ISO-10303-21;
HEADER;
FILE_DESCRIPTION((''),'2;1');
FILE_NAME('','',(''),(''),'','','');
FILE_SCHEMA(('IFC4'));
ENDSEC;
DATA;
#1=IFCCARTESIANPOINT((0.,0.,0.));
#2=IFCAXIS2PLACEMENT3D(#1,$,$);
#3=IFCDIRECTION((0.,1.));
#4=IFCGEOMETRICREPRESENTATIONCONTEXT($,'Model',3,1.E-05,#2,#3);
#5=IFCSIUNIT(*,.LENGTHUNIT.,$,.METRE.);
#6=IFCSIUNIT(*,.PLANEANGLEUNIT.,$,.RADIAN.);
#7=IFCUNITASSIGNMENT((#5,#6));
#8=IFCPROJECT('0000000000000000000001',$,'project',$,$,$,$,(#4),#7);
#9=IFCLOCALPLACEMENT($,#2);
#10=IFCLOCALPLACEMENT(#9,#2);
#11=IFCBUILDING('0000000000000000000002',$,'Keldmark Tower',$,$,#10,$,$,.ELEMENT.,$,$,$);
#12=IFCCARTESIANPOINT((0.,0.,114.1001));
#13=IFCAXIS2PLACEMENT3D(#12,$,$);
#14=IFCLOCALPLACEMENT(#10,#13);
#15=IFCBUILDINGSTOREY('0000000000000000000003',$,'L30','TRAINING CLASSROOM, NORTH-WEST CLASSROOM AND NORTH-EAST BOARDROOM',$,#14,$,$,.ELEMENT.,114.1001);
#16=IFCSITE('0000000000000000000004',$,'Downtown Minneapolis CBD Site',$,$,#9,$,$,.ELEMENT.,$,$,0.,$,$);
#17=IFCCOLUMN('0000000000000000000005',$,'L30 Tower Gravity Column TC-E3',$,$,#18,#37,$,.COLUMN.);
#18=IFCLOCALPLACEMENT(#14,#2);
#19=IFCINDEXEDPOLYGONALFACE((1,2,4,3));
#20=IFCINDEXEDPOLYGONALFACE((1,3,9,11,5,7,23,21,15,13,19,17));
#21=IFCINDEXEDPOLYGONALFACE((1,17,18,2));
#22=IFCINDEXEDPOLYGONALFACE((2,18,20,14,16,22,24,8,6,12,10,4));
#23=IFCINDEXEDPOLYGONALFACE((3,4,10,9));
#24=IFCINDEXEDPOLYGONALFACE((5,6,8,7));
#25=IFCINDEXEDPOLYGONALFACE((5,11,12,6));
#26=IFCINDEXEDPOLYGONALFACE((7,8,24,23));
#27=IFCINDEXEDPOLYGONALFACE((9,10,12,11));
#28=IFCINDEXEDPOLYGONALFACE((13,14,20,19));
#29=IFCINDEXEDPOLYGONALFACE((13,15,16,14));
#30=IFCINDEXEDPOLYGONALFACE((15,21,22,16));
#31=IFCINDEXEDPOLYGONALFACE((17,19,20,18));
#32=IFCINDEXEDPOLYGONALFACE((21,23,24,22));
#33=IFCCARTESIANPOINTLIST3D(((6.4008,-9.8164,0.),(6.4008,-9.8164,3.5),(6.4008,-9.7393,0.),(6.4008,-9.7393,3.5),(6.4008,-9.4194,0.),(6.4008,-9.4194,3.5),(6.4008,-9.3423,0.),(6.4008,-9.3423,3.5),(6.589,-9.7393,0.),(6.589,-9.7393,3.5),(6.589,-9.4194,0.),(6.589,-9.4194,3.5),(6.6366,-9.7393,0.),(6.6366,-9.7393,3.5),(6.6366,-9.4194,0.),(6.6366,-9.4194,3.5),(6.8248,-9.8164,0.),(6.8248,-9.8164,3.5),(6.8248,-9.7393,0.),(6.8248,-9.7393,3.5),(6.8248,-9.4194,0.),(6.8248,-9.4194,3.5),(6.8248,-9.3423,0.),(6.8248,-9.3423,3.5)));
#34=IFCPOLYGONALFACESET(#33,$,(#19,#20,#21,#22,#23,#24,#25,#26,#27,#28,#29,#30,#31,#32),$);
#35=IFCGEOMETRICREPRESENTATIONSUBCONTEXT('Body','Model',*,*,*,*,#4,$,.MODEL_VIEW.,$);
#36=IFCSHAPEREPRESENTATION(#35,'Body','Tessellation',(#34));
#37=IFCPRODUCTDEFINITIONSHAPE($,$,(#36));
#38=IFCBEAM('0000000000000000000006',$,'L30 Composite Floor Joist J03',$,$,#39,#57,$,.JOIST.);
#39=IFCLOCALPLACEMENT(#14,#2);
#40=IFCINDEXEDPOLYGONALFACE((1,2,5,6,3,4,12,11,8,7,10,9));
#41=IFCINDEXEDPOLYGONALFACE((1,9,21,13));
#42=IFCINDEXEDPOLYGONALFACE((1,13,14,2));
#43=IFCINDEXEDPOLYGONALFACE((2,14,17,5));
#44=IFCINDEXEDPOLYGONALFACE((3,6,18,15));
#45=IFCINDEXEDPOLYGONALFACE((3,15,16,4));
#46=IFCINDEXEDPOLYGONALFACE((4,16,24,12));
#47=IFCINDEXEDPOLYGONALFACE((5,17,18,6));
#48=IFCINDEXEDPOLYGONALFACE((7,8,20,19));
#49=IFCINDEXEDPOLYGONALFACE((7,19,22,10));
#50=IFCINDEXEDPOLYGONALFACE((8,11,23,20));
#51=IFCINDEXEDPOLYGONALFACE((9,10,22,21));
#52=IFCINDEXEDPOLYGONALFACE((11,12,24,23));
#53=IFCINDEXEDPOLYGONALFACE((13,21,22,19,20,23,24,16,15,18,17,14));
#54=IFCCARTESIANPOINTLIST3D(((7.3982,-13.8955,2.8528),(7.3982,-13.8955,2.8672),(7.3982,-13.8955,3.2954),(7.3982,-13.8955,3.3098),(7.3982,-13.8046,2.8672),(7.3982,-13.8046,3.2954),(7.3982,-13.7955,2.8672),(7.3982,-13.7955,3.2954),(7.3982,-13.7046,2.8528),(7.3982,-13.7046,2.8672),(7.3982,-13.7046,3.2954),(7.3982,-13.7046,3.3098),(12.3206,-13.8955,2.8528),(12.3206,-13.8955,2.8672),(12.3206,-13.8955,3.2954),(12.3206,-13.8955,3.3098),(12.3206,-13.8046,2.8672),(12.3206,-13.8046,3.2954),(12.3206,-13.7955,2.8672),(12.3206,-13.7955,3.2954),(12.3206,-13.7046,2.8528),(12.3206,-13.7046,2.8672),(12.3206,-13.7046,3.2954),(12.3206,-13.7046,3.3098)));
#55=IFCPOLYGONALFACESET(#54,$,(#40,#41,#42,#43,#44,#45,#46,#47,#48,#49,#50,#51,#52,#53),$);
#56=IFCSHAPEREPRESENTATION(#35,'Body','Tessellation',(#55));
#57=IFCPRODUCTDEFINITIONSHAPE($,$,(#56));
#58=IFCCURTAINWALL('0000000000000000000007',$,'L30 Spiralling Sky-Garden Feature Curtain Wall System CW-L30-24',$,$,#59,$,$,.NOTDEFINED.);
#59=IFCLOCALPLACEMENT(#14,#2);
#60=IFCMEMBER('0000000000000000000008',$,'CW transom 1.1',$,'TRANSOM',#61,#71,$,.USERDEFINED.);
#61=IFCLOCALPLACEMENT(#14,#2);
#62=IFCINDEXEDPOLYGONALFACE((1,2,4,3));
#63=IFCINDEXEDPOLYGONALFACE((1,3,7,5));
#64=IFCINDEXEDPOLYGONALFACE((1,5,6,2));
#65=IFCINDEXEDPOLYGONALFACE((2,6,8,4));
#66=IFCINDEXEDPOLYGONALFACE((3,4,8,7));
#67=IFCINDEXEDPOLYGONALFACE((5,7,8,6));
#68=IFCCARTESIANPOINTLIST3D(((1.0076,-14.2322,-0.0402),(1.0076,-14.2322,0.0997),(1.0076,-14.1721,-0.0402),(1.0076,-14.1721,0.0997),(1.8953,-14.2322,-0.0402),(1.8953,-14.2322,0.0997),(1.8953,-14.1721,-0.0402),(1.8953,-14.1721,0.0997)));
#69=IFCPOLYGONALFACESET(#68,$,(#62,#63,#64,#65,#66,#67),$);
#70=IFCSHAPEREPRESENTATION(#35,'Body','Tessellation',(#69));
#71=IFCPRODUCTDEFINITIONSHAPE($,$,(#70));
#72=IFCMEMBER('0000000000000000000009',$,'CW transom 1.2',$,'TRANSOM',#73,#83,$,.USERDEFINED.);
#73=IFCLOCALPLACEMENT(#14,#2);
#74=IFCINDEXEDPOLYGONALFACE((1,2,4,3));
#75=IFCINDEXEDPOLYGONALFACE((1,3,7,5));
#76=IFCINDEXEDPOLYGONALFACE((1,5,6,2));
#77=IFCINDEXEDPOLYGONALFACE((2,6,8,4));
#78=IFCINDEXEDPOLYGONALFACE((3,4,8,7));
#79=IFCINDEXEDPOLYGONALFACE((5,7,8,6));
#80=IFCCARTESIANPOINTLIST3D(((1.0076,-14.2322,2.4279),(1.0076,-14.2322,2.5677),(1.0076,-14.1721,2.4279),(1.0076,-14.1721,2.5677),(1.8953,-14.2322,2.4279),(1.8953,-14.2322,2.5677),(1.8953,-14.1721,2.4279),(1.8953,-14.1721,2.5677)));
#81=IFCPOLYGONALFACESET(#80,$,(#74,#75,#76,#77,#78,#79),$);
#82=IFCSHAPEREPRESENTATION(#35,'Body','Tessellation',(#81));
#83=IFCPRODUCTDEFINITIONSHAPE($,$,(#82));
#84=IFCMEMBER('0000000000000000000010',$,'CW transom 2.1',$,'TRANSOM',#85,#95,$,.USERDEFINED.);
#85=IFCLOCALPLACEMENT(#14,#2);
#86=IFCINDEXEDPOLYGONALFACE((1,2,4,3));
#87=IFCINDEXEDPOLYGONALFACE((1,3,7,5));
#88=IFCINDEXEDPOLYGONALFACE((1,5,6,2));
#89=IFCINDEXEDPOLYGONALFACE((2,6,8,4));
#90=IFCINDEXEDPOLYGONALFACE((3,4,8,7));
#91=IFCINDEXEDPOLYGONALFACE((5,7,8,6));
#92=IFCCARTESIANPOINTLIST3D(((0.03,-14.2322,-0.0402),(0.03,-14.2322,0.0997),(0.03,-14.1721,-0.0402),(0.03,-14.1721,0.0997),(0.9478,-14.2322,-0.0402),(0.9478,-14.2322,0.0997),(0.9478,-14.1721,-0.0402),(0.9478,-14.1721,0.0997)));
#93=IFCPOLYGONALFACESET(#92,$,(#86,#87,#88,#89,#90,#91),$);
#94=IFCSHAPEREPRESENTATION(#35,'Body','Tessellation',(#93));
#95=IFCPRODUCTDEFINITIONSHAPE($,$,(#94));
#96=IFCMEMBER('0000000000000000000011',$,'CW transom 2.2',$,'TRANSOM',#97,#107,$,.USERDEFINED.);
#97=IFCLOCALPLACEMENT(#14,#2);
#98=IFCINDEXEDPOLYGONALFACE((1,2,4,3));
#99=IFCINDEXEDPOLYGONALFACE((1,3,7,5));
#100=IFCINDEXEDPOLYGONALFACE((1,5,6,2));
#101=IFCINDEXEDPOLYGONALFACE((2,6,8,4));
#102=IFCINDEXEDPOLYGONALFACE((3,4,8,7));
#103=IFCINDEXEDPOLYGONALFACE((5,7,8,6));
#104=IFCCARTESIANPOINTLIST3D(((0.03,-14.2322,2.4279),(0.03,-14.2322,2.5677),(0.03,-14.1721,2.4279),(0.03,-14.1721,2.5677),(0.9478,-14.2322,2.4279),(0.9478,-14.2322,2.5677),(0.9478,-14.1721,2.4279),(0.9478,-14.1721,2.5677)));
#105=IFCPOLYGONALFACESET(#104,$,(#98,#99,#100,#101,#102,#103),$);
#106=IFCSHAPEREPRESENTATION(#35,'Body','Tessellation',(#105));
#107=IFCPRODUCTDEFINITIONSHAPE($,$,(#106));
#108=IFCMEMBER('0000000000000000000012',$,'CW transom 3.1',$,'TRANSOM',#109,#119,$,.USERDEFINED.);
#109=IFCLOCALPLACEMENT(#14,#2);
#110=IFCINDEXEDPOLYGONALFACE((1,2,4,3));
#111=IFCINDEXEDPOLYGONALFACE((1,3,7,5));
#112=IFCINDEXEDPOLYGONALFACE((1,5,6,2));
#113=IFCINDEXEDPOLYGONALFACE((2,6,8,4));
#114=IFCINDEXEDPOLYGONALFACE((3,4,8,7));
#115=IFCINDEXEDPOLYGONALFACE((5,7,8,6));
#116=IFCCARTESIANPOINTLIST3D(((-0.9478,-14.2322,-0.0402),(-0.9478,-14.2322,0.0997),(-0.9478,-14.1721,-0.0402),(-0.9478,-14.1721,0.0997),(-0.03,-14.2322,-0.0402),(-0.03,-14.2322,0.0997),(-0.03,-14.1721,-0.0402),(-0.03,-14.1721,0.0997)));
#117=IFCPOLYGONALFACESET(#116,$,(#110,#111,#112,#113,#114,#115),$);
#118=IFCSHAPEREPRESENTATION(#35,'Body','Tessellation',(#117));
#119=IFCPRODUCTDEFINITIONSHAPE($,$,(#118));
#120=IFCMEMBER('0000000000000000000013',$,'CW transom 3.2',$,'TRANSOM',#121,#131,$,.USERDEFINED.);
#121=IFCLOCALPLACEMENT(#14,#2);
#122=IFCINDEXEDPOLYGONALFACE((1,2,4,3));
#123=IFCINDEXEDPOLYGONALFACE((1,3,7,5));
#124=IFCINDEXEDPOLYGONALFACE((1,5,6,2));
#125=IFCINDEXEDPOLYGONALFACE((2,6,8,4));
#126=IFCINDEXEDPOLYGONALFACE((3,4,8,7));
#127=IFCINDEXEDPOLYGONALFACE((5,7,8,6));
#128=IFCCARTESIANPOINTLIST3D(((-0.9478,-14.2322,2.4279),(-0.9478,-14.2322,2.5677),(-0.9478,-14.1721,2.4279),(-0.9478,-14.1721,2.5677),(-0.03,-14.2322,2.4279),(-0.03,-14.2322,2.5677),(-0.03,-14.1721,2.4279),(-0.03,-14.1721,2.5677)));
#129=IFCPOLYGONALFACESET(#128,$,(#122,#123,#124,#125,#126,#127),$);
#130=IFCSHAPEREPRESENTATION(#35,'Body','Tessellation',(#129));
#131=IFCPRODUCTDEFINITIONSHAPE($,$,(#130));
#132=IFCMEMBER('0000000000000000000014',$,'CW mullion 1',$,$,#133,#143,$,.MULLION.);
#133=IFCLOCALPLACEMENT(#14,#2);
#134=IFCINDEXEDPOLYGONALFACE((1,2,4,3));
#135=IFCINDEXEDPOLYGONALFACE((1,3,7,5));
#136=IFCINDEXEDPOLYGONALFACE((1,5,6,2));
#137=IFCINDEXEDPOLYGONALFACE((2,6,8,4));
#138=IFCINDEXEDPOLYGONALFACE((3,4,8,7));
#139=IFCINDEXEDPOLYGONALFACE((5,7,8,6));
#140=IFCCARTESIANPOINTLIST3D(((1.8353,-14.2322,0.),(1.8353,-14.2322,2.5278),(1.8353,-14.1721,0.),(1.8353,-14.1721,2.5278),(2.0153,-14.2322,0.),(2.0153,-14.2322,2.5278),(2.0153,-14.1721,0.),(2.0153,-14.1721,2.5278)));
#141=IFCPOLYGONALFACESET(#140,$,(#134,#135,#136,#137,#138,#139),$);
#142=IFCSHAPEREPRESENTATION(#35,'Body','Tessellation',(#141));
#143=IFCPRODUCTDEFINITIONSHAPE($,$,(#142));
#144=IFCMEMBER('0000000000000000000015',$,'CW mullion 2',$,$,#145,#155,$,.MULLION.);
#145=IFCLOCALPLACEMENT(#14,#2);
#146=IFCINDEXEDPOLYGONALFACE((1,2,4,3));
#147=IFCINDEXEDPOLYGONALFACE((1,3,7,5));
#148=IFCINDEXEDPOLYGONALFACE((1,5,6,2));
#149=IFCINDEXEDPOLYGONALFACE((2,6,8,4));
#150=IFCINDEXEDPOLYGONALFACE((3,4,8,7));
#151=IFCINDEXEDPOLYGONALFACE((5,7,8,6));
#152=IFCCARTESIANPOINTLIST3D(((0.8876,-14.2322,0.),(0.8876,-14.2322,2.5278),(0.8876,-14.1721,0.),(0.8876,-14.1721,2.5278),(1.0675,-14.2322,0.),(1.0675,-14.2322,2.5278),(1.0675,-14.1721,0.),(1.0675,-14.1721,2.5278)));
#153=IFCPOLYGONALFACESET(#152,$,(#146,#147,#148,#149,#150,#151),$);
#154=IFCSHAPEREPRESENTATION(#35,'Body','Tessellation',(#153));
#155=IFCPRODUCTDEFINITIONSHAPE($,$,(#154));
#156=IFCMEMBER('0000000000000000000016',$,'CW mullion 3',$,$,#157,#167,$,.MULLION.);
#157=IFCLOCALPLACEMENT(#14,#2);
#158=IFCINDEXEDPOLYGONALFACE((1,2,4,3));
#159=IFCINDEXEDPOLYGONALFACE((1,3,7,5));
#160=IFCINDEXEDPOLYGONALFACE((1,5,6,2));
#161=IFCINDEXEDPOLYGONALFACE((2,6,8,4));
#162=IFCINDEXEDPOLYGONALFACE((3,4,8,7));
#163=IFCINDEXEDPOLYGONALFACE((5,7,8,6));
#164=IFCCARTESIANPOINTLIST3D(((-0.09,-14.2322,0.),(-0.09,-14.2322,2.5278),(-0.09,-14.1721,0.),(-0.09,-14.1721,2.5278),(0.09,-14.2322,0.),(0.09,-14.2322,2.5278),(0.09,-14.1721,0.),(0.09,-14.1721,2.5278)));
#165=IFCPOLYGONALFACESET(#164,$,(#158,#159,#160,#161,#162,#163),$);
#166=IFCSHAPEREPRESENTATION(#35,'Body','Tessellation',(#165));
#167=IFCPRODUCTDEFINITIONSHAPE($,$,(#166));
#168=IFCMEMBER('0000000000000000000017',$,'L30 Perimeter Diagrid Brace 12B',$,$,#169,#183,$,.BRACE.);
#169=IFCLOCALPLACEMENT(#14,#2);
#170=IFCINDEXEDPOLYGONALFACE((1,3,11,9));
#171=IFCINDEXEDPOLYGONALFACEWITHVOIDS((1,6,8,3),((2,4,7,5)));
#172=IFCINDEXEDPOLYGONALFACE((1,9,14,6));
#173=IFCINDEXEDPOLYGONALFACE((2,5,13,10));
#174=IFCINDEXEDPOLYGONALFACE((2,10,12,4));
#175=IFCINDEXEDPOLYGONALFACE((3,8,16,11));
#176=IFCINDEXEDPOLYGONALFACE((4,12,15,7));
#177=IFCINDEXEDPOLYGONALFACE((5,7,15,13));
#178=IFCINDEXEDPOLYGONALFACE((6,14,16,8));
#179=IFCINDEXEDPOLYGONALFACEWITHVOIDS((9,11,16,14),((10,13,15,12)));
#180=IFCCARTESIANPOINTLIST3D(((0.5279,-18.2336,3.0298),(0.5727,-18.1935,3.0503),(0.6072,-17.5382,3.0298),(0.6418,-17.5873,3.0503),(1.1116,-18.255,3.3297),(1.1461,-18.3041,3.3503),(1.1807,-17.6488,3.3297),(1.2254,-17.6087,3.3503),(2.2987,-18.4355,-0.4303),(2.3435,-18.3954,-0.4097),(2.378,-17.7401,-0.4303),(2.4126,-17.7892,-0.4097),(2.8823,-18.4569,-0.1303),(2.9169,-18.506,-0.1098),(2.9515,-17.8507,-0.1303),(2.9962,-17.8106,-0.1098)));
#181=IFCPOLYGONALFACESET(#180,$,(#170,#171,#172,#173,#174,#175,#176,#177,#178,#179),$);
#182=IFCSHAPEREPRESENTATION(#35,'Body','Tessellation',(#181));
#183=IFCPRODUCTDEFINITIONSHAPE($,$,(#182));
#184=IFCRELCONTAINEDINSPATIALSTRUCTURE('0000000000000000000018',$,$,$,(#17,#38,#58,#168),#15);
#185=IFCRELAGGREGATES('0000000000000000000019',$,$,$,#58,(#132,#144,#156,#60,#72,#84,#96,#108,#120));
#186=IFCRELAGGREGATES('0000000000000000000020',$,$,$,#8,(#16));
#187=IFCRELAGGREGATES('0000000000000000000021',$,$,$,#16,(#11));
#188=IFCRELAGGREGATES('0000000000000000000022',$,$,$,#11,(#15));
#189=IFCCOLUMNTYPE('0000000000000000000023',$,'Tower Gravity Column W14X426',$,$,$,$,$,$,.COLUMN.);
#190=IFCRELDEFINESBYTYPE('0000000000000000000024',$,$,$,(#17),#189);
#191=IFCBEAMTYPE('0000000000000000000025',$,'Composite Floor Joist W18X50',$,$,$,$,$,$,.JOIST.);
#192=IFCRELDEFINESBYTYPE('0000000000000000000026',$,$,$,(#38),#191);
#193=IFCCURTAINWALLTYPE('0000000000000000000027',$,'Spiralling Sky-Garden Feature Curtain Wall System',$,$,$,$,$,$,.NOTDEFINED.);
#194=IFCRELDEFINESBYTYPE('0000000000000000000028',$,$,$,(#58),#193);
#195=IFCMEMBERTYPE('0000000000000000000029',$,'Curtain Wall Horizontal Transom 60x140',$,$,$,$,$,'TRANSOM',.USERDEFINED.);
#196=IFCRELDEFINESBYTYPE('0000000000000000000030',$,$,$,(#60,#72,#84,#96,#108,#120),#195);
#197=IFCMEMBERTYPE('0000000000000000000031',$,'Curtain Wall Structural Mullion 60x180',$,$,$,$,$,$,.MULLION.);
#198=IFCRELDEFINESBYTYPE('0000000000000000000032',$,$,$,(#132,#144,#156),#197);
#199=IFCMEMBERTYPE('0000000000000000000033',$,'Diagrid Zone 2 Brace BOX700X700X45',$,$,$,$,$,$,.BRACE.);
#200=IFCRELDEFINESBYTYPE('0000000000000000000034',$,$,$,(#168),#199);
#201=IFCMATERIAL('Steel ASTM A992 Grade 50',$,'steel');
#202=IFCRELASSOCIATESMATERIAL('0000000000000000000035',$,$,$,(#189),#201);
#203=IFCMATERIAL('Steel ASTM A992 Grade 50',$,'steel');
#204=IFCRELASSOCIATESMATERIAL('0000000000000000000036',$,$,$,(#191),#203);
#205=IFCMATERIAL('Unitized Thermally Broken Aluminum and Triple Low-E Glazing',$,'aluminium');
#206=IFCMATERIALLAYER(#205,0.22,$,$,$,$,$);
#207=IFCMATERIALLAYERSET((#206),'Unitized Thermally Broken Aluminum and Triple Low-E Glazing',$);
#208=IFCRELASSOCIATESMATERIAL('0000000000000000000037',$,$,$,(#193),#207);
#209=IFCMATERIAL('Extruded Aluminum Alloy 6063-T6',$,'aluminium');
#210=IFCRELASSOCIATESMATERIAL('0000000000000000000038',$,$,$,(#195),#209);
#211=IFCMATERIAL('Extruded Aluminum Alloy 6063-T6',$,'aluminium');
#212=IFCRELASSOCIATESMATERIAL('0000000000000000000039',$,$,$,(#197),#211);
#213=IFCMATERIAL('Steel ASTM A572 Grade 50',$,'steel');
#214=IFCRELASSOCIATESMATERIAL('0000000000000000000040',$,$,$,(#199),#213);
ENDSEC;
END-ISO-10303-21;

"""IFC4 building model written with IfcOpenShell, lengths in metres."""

from ifc_helpers import new_model, si_unit, direction, frame, origin, origin_2d, place, context, subcontext, project, spatial, rectangle, hollow_rectangle, i_section, extrude, material, layer, layer_set, material_profile, profile_set, type_object, element, aggregate, save


model = new_model("IFC4")

# Units and contexts
model_context = context("Model", 3, precision=1e-05, world=origin(), true_north=direction((0.0, 1.0)))
body_context = subcontext(model_context, "Body", "Model", "MODEL_VIEW")
ifc_project = project(units=[si_unit("LENGTHUNIT", "METRE"), si_unit("PLANEANGLEUNIT", "RADIAN")], contexts=[model_context])

# Site, building, storey
site_placement = place(None, origin())
site = spatial("IfcSite", under=ifc_project, at=site_placement, Name="Downtown Minneapolis CBD Site", CompositionType="ELEMENT", RefElevation=0.0)
building_placement = place(site_placement, origin())
building = spatial("IfcBuilding", under=site, at=building_placement, Name="Keldmark Tower", CompositionType="ELEMENT")
storey_placement = place(building_placement, frame((0.0, 0.0, 114.1001)))
storey = spatial("IfcBuildingStorey", under=building, at=storey_placement, Name="L30", Description="TRAINING CLASSROOM, NORTH-WEST CLASSROOM AND NORTH-EAST BOARDROOM", CompositionType="ELEMENT", Elevation=114.1001)

# Column
ifc_material_1 = material(Name="Steel ASTM A992 Grade 50", Category="steel")
ifc_material_profile_1 = material_profile(ifc_material_1, i_section(OverallWidth=0.4241, OverallDepth=0.4741, WebThickness=0.0476, FlangeThickness=0.0771, at=origin_2d()), Name="W14X426")
ifc_profile_set_1 = profile_set([ifc_material_profile_1], Name="Steel ASTM A992 Grade 50")
column_type = type_object("IfcColumnType", Name="Tower Gravity Column W14X426", PredefinedType="COLUMN", material=ifc_profile_set_1)
column_placement = place(storey_placement, frame((6.6128, -9.5793, 0.0), z_axis=(0.0, 0.0, 1.0), x_axis=(1.0, 0.0, 0.0)))
element("IfcColumn", 1, at=column_placement, inside=storey, type_object=column_type, Name="L30 Tower Gravity Column TC-E3", PredefinedType="COLUMN", context=body_context, shape_type="SweptSolid", body=[
    extrude(i_section(OverallWidth=0.4241, OverallDepth=0.4741, WebThickness=0.0476, FlangeThickness=0.0771, at=origin_2d()), origin(), (0.0, 0.0, 1.0), 3.5),
])

# Beam
ifc_material_2 = material(Name="Steel ASTM A992 Grade 50", Category="steel")
ifc_material_profile_2 = material_profile(ifc_material_2, i_section(OverallWidth=0.1909, OverallDepth=0.457, WebThickness=0.009, FlangeThickness=0.0144, at=origin_2d()), Name="W18X50")
ifc_profile_set_2 = profile_set([ifc_material_profile_2], Name="Steel ASTM A992 Grade 50")
beam_type_1 = type_object("IfcBeamType", Name="Composite Floor Joist W18X50", PredefinedType="JOIST", material=ifc_profile_set_2)
beam_1_placement = place(storey_placement, frame((7.3982, -13.8, 3.0813), z_axis=(1.0, 0.0, 0.0), x_axis=(0.0, 1.0, 0.0)))
element("IfcBeam", 2, at=beam_1_placement, inside=storey, type_object=beam_type_1, Name="L30 Composite Floor Joist J03", PredefinedType="JOIST", context=body_context, shape_type="SweptSolid", body=[
    extrude(i_section(OverallWidth=0.1909, OverallDepth=0.457, WebThickness=0.009, FlangeThickness=0.0144, at=origin_2d()), origin(), (0.0, 0.0, 1.0), 4.9224),
])

# Curtain wall, members
ifc_material_3 = material(Name="Unitized Thermally Broken Aluminum and Triple Low-E Glazing", Category="aluminium")
ifc_layer_1 = layer(ifc_material_3, 0.22)
ifc_layer_set_1 = layer_set([ifc_layer_1], Name="Unitized Thermally Broken Aluminum and Triple Low-E Glazing")
curtain_wall_type = type_object("IfcCurtainWallType", Name="Spiralling Sky-Garden Feature Curtain Wall System", PredefinedType="NOTDEFINED", material=ifc_layer_set_1)
curtain_wall_placement = place(storey_placement, origin())
curtain_wall = element("IfcCurtainWall", 3, at=curtain_wall_placement, inside=storey, type_object=curtain_wall_type, Name="L30 Spiralling Sky-Garden Feature Curtain Wall System CW-L30-24", PredefinedType="NOTDEFINED")
ifc_material_4 = material(Name="Extruded Aluminum Alloy 6063-T6", Category="aluminium")
ifc_material_profile_3 = material_profile(ifc_material_4, rectangle(XDim=0.0601, YDim=0.1399, at=origin_2d()), Name="CWT60X140")
ifc_profile_set_3 = profile_set([ifc_material_profile_3], Name="Extruded Aluminum Alloy 6063-T6")
member_type_1 = type_object("IfcMemberType", Name="Curtain Wall Horizontal Transom 60x140", ElementType="TRANSOM", PredefinedType="USERDEFINED", material=ifc_profile_set_3)
member_1_placement = place(storey_placement, frame((1.8953, -14.2021, 0.0298), z_axis=(-1.0, 0.0, 0.0), x_axis=(0.0, -1.0, 0.0)))
member_1 = element("IfcMember", 4, at=member_1_placement, type_object=member_type_1, Name="CW transom 1.1", ObjectType="TRANSOM", PredefinedType="USERDEFINED", context=body_context, shape_type="SweptSolid", body=[
    extrude(rectangle(XDim=0.0601, YDim=0.1399, at=origin_2d()), origin(), (0.0, 0.0, 1.0), 0.8877),
])
member_2_placement = place(storey_placement, frame((1.8953, -14.2021, 2.4978), z_axis=(-1.0, 0.0, 0.0), x_axis=(0.0, -1.0, 0.0)))
member_2 = element("IfcMember", 5, at=member_2_placement, type_object=member_type_1, Name="CW transom 1.2", ObjectType="TRANSOM", PredefinedType="USERDEFINED", context=body_context, shape_type="SweptSolid", body=[
    extrude(rectangle(XDim=0.0601, YDim=0.1399, at=origin_2d()), origin(), (0.0, 0.0, 1.0), 0.8877),
])
member_3_placement = place(storey_placement, frame((0.9478, -14.2021, 0.0298), z_axis=(-1.0, 0.0, 0.0), x_axis=(0.0, -1.0, 0.0)))
member_3 = element("IfcMember", 6, at=member_3_placement, type_object=member_type_1, Name="CW transom 2.1", ObjectType="TRANSOM", PredefinedType="USERDEFINED", context=body_context, shape_type="SweptSolid", body=[
    extrude(rectangle(XDim=0.0601, YDim=0.1399, at=origin_2d()), origin(), (0.0, 0.0, 1.0), 0.9177),
])
member_4_placement = place(storey_placement, frame((0.9478, -14.2021, 2.4978), z_axis=(-1.0, 0.0, 0.0), x_axis=(0.0, -1.0, 0.0)))
member_4 = element("IfcMember", 7, at=member_4_placement, type_object=member_type_1, Name="CW transom 2.2", ObjectType="TRANSOM", PredefinedType="USERDEFINED", context=body_context, shape_type="SweptSolid", body=[
    extrude(rectangle(XDim=0.0601, YDim=0.1399, at=origin_2d()), origin(), (0.0, 0.0, 1.0), 0.9177),
])
member_5_placement = place(storey_placement, frame((-0.03, -14.2021, 0.0298), z_axis=(-1.0, 0.0, 0.0), x_axis=(0.0, -1.0, 0.0)))
member_5 = element("IfcMember", 8, at=member_5_placement, type_object=member_type_1, Name="CW transom 3.1", ObjectType="TRANSOM", PredefinedType="USERDEFINED", context=body_context, shape_type="SweptSolid", body=[
    extrude(rectangle(XDim=0.0601, YDim=0.1399, at=origin_2d()), origin(), (0.0, 0.0, 1.0), 0.9177),
])
member_6_placement = place(storey_placement, frame((-0.03, -14.2021, 2.4978), z_axis=(-1.0, 0.0, 0.0), x_axis=(0.0, -1.0, 0.0)))
member_6 = element("IfcMember", 9, at=member_6_placement, type_object=member_type_1, Name="CW transom 3.2", ObjectType="TRANSOM", PredefinedType="USERDEFINED", context=body_context, shape_type="SweptSolid", body=[
    extrude(rectangle(XDim=0.0601, YDim=0.1399, at=origin_2d()), origin(), (0.0, 0.0, 1.0), 0.9177),
])
ifc_material_5 = material(Name="Extruded Aluminum Alloy 6063-T6", Category="aluminium")
ifc_material_profile_4 = material_profile(ifc_material_5, rectangle(XDim=0.0601, YDim=0.1799, at=origin_2d()), Name="CWM60X180")
ifc_profile_set_4 = profile_set([ifc_material_profile_4], Name="Extruded Aluminum Alloy 6063-T6")
member_type_2 = type_object("IfcMemberType", Name="Curtain Wall Structural Mullion 60x180", PredefinedType="MULLION", material=ifc_profile_set_4)
member_7_placement = place(storey_placement, frame((1.9253, -14.2021, 0.0), z_axis=(0.0, 0.0, 1.0), x_axis=(0.0, -1.0, 0.0)))
member_7 = element("IfcMember", 10, at=member_7_placement, type_object=member_type_2, Name="CW mullion 1", PredefinedType="MULLION", context=body_context, shape_type="SweptSolid", body=[
    extrude(rectangle(XDim=0.0601, YDim=0.1799, at=origin_2d()), origin(), (0.0, 0.0, 1.0), 2.5278),
])
member_8_placement = place(storey_placement, frame((0.9775, -14.2021, 0.0), z_axis=(0.0, 0.0, 1.0), x_axis=(0.0, -1.0, 0.0)))
member_8 = element("IfcMember", 11, at=member_8_placement, type_object=member_type_2, Name="CW mullion 2", PredefinedType="MULLION", context=body_context, shape_type="SweptSolid", body=[
    extrude(rectangle(XDim=0.0601, YDim=0.1799, at=origin_2d()), origin(), (0.0, 0.0, 1.0), 2.5278),
])
member_9_placement = place(storey_placement, frame((0.0, -14.2021, 0.0), z_axis=(0.0, 0.0, 1.0), x_axis=(0.0, -1.0, 0.0)))
member_9 = element("IfcMember", 12, at=member_9_placement, type_object=member_type_2, Name="CW mullion 3", PredefinedType="MULLION", context=body_context, shape_type="SweptSolid", body=[
    extrude(rectangle(XDim=0.0601, YDim=0.1799, at=origin_2d()), origin(), (0.0, 0.0, 1.0), 2.5278),
])

# Member
ifc_material_6 = material(Name="Steel ASTM A572 Grade 50", Category="steel")
ifc_material_profile_5 = material_profile(ifc_material_6, hollow_rectangle(XDim=0.7, YDim=0.7, WallThickness=0.0449, at=origin_2d()), Name="BOX700X700X45")
ifc_profile_set_5 = profile_set([ifc_material_profile_5], Name="Steel ASTM A572 Grade 50")
member_type_3 = type_object("IfcMemberType", Name="Diagrid Zone 2 Brace BOX700X700X45", PredefinedType="BRACE", material=ifc_profile_set_5)
member_10_placement = place(storey_placement, frame((2.6475, -18.123, -0.27), z_axis=(-0.454972, 0.051877, 0.888993), x_axis=(-0.113288, -0.993562, 0.0)))
element("IfcMember", 13, at=member_10_placement, inside=storey, type_object=member_type_3, Name="L30 Perimeter Diagrid Brace 12B", PredefinedType="BRACE", context=body_context, shape_type="SweptSolid", body=[
    extrude(hollow_rectangle(XDim=0.7, YDim=0.7, WallThickness=0.0449, at=origin_2d()), origin(), (0.0, 0.0, 1.0), 3.8921),
])

aggregate(curtain_wall, [member_7, member_8, member_9, member_1, member_2, member_3, member_4, member_5, member_6])

save(model, "model.ifc")
